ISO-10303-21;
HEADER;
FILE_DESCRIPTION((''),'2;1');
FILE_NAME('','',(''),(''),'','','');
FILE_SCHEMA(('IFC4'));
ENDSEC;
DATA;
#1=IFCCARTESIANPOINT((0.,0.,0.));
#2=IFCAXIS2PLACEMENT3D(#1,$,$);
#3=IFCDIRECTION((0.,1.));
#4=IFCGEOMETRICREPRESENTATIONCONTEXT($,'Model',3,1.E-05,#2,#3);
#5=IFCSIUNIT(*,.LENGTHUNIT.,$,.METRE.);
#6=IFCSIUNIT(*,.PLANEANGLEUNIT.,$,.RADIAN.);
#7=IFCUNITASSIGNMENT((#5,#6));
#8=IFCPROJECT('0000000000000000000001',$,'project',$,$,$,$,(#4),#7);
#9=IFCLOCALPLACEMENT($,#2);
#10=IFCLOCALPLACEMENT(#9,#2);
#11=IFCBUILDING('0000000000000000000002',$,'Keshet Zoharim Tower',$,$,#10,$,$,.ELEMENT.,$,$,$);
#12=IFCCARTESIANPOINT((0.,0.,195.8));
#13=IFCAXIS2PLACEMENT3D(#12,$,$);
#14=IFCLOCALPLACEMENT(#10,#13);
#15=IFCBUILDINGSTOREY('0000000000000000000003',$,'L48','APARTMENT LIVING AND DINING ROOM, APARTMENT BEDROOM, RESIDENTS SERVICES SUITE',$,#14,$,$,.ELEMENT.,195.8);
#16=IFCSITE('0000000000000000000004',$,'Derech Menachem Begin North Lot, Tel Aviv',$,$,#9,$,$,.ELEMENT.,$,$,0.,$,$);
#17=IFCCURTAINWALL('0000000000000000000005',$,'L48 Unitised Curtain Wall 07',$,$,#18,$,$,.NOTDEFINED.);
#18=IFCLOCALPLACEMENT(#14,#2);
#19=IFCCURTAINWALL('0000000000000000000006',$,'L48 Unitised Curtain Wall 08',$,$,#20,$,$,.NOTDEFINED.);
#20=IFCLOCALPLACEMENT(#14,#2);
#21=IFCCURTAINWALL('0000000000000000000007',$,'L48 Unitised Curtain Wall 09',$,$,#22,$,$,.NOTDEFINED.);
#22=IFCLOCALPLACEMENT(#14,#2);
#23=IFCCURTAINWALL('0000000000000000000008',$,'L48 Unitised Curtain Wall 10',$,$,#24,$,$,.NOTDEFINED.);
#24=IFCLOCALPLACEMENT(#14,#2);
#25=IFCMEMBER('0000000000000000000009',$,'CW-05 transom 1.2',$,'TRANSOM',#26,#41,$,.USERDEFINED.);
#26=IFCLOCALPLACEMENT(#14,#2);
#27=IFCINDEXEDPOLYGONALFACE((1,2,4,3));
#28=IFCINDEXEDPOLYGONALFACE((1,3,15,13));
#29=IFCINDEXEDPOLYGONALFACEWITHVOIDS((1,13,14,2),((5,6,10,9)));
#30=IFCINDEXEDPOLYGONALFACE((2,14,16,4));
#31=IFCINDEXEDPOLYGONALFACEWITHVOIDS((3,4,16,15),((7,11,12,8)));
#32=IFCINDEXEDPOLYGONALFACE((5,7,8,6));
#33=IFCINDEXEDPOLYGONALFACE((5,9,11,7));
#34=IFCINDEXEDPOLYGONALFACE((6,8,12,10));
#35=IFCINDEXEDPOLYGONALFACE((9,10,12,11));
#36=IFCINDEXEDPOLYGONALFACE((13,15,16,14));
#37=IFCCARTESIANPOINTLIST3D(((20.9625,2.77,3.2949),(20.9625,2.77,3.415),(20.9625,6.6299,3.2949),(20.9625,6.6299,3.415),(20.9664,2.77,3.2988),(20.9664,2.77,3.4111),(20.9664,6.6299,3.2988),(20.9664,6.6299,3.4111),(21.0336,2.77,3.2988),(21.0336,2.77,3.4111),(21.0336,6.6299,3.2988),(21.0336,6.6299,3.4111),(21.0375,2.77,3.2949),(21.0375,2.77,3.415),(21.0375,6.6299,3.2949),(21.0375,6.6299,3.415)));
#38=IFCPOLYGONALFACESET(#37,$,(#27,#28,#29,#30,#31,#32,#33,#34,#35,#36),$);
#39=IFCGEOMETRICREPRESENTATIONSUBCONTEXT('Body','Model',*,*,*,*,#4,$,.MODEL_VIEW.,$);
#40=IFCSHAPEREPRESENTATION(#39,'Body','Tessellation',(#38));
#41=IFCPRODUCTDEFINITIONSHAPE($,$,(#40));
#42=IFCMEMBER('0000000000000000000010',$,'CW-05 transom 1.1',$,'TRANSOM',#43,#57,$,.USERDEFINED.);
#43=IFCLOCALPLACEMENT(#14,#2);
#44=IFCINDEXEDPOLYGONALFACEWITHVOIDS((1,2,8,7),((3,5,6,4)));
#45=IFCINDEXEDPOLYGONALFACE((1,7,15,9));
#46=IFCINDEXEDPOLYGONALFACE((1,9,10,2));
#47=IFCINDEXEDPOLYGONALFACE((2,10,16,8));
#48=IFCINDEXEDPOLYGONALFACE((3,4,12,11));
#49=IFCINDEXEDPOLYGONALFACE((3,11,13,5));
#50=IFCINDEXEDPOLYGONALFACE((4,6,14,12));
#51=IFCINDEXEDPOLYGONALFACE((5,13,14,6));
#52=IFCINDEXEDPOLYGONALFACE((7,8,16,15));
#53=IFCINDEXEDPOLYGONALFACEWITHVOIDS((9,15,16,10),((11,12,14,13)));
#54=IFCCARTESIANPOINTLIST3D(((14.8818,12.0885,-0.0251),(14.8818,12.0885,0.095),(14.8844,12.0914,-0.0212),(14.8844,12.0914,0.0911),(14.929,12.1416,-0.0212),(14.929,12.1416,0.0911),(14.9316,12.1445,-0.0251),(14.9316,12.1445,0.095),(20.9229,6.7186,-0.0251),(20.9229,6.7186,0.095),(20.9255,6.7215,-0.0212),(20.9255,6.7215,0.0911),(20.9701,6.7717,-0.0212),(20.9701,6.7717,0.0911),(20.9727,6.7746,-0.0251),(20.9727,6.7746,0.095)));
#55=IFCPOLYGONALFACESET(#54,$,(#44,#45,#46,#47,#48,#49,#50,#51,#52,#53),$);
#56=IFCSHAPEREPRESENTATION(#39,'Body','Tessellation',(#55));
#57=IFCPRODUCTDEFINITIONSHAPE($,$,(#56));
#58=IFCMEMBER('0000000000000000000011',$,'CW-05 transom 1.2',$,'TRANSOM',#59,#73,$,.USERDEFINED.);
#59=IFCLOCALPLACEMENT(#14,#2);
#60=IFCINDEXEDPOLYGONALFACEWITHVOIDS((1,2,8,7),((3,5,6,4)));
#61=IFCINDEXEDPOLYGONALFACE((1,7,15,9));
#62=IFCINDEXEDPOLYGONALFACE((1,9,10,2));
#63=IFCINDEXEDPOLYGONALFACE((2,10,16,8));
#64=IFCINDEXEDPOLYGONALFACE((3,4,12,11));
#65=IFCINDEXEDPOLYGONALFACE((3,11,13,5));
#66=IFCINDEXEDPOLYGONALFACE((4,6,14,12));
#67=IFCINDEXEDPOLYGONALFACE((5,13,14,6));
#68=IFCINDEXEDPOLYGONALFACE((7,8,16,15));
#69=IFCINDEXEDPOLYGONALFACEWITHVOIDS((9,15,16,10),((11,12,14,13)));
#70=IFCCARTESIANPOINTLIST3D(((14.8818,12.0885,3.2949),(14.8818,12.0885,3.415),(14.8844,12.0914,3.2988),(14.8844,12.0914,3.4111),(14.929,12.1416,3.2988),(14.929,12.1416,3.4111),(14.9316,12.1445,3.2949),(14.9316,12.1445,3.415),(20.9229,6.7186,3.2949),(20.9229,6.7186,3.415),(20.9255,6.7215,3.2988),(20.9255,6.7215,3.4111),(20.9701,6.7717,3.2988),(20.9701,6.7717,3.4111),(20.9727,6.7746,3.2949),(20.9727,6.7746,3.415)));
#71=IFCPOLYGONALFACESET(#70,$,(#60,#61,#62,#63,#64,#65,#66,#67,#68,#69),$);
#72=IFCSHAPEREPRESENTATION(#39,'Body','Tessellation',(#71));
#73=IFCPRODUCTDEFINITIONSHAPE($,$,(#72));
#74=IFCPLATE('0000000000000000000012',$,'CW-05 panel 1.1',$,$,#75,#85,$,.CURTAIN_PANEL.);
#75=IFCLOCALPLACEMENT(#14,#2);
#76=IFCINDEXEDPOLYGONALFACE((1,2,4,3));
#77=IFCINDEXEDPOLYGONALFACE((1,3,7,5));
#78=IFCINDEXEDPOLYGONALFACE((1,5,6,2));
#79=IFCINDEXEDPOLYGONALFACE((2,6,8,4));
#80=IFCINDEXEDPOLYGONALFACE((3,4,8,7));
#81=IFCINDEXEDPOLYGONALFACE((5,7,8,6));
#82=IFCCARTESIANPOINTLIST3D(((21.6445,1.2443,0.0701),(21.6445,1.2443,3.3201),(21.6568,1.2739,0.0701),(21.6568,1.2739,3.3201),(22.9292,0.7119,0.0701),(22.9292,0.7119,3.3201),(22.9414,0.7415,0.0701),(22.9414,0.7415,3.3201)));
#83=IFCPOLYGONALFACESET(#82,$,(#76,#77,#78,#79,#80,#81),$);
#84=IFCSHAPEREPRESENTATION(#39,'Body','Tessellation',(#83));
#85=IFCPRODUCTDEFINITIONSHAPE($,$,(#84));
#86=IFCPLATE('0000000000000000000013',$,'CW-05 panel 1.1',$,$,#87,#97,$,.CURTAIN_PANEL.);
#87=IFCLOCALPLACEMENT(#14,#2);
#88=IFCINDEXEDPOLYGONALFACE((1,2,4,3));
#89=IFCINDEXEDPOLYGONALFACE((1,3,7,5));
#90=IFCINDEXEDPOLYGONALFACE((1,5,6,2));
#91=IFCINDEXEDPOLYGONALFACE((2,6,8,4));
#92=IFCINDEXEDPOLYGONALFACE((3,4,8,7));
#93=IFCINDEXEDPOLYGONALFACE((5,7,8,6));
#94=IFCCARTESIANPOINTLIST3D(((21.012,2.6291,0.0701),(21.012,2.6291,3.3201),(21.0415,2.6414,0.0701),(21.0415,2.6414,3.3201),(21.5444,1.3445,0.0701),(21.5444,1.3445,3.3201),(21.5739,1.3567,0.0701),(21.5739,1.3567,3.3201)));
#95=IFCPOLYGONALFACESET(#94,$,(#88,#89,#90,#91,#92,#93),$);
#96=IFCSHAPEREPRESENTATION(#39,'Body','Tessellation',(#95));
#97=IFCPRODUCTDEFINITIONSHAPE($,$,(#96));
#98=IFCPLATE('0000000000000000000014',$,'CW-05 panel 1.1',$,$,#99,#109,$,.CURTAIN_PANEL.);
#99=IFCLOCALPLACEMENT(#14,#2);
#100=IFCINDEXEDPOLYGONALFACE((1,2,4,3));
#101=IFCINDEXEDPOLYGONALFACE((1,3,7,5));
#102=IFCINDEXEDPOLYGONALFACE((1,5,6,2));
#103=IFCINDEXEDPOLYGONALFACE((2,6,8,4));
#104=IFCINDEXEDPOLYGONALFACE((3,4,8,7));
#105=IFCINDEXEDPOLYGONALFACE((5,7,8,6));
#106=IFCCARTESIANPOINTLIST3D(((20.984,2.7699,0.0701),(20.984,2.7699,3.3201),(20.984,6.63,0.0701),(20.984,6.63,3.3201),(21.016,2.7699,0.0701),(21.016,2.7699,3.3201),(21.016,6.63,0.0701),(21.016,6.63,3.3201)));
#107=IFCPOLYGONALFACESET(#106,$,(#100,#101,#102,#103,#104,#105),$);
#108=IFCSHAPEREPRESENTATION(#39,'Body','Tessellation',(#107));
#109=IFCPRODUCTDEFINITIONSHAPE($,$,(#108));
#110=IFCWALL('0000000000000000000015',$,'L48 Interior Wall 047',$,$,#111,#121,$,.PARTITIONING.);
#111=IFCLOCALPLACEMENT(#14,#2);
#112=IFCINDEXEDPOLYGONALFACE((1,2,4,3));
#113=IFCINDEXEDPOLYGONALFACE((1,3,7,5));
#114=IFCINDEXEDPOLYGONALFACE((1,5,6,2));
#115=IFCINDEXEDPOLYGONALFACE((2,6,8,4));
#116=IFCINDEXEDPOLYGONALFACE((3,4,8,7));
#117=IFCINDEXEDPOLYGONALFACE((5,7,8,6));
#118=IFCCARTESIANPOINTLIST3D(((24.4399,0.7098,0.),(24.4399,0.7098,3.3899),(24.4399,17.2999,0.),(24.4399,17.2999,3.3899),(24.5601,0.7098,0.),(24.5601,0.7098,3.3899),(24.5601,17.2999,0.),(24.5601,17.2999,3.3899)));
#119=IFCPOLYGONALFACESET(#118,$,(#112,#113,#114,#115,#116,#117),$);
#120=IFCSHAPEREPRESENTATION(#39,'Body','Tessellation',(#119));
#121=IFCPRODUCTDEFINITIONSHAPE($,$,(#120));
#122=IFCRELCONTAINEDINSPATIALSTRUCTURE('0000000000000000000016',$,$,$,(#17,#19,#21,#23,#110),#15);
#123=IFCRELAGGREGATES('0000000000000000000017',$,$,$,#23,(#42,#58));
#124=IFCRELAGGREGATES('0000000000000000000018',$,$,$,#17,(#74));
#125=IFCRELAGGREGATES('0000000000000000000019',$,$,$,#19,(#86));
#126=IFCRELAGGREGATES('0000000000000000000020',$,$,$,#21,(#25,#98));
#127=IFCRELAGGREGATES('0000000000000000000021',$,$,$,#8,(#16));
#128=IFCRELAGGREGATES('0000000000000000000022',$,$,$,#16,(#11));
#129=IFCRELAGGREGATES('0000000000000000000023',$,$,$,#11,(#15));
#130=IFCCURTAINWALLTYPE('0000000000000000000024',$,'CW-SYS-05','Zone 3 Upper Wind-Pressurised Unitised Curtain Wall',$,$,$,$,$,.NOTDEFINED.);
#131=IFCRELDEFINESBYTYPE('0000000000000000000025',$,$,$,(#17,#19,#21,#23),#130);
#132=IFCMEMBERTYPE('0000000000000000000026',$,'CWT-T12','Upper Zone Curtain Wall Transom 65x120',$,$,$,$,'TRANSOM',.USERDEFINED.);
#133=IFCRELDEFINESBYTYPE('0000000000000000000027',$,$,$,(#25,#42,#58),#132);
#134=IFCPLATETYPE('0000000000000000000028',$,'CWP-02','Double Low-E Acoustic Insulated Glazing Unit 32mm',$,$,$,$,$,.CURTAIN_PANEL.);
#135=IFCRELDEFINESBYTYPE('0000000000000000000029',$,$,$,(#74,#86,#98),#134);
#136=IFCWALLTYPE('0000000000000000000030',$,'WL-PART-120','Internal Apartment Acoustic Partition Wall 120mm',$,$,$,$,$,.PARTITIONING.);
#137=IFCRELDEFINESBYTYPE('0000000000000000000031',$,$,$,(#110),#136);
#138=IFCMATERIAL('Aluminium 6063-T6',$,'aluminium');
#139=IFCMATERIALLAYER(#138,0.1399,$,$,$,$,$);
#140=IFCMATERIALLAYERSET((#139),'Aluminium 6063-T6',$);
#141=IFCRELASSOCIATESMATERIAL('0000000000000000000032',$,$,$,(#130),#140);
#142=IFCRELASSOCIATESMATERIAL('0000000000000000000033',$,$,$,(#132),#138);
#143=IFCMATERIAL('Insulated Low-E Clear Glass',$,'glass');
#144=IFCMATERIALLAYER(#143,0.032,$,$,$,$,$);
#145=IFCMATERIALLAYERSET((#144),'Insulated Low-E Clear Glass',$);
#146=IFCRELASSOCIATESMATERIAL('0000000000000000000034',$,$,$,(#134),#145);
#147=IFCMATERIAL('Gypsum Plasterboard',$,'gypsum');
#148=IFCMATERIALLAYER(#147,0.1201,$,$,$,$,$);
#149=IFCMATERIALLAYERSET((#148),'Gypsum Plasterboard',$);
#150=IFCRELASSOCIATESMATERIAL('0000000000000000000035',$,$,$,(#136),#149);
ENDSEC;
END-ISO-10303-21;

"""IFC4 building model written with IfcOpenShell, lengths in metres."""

from ifc_helpers import new_model, si_unit, direction, frame, frame_2d, origin, origin_2d, place, context, subcontext, project, spatial, rectangle, hollow_rectangle, extrude, material, layer, layer_set, material_profile, profile_set, type_object, element, aggregate, save


model = new_model("IFC4")

# Units and contexts
model_context = context("Model", 3, precision=1e-05, world=origin(), true_north=direction((0.0, 1.0)))
body_context = subcontext(model_context, "Body", "Model", "MODEL_VIEW")
ifc_project = project(units=[si_unit("LENGTHUNIT", "METRE"), si_unit("PLANEANGLEUNIT", "RADIAN")], contexts=[model_context])

# Site, building, storey
site_placement = place(None, origin())
site = spatial("IfcSite", under=ifc_project, at=site_placement, Name="Derech Menachem Begin North Lot, Tel Aviv", CompositionType="ELEMENT", RefElevation=0.0)
building_placement = place(site_placement, origin())
building = spatial("IfcBuilding", under=site, at=building_placement, Name="Keshet Zoharim Tower", CompositionType="ELEMENT")
storey_placement = place(building_placement, frame((0.0, 0.0, 195.8)))
storey = spatial("IfcBuildingStorey", under=building, at=storey_placement, Name="L48", Description="APARTMENT LIVING AND DINING ROOM, APARTMENT BEDROOM, RESIDENTS SERVICES SUITE", CompositionType="ELEMENT", Elevation=195.8)

# Shared definitions
ifc_material_1 = material(Name="Aluminium 6063-T6", Category="aluminium")
ifc_layer_1 = layer(ifc_material_1, 0.1399)
ifc_layer_set_1 = layer_set([ifc_layer_1], Name="Aluminium 6063-T6")
curtain_wall_type = type_object("IfcCurtainWallType", Name="CW-SYS-05", Description="Zone 3 Upper Wind-Pressurised Unitised Curtain Wall", PredefinedType="NOTDEFINED", material=ifc_layer_set_1)

# Curtain walls
curtain_wall_1_placement = place(storey_placement, origin())
curtain_wall_1 = element("IfcCurtainWall", 1, at=curtain_wall_1_placement, inside=storey, type_object=curtain_wall_type, Name="L48 Unitised Curtain Wall 07", PredefinedType="NOTDEFINED")
curtain_wall_2_placement = place(storey_placement, origin())
curtain_wall_2 = element("IfcCurtainWall", 2, at=curtain_wall_2_placement, inside=storey, type_object=curtain_wall_type, Name="L48 Unitised Curtain Wall 08", PredefinedType="NOTDEFINED")
curtain_wall_3_placement = place(storey_placement, origin())
curtain_wall_3 = element("IfcCurtainWall", 3, at=curtain_wall_3_placement, inside=storey, type_object=curtain_wall_type, Name="L48 Unitised Curtain Wall 09", PredefinedType="NOTDEFINED")

# Curtain wall
curtain_wall_4_placement = place(storey_placement, origin())
curtain_wall_4 = element("IfcCurtainWall", 4, at=curtain_wall_4_placement, inside=storey, type_object=curtain_wall_type, Name="L48 Unitised Curtain Wall 10", PredefinedType="NOTDEFINED")

# Members
ifc_material_profile_1 = material_profile(ifc_material_1, hollow_rectangle(XDim=0.075, YDim=0.1201, WallThickness=0.0039, at=origin_2d()), Name="TRN-75x120")
ifc_profile_set_1 = profile_set([ifc_material_profile_1], Name="Aluminium 6063-T6")
member_type_1 = type_object("IfcMemberType", Name="CWT-T12", Description="Upper Zone Curtain Wall Transom 65x120", ElementType="TRANSOM", PredefinedType="USERDEFINED", material=ifc_profile_set_1)
member_1_placement = place(storey_placement, frame((21.0, 2.77, 3.355), z_axis=(0.0, 1.0, 0.0), x_axis=(-1.0, 0.0, 0.0)))
member_1 = element("IfcMember", 5, at=member_1_placement, type_object=member_type_1, Name="CW-05 transom 1.2", ObjectType="TRANSOM", PredefinedType="USERDEFINED", context=body_context, shape_type="SweptSolid", body=[
    extrude(hollow_rectangle(XDim=0.075, YDim=0.1201, WallThickness=0.0039, at=origin_2d()), origin(), (0.0, 0.0, 1.0), 3.8599),
])
member_2_placement = place(storey_placement, frame((20.9478, 6.7466, 0.0349), z_axis=(-0.747404, 0.664369, 0.0), x_axis=(-0.664369, -0.747404, 0.0)))
member_2 = element("IfcMember", 6, at=member_2_placement, type_object=member_type_1, Name="CW-05 transom 1.1", ObjectType="TRANSOM", PredefinedType="USERDEFINED", context=body_context, shape_type="SweptSolid", body=[
    extrude(hollow_rectangle(XDim=0.075, YDim=0.1201, WallThickness=0.0039, at=origin_2d()), origin(), (0.0, 0.0, 1.0), 8.0828),
])
member_3_placement = place(storey_placement, frame((20.9478, 6.7466, 3.355), z_axis=(-0.747404, 0.664369, 0.0), x_axis=(-0.664369, -0.747404, 0.0)))
member_3 = element("IfcMember", 7, at=member_3_placement, type_object=member_type_1, Name="CW-05 transom 1.2", ObjectType="TRANSOM", PredefinedType="USERDEFINED", context=body_context, shape_type="SweptSolid", body=[
    extrude(hollow_rectangle(XDim=0.075, YDim=0.1201, WallThickness=0.0039, at=origin_2d()), origin(), (0.0, 0.0, 1.0), 8.0828),
])
aggregate(curtain_wall_4, [member_2, member_3])

# Plates
ifc_material_2 = material(Name="Insulated Low-E Clear Glass", Category="glass")
ifc_layer_2 = layer(ifc_material_2, 0.032)
ifc_layer_set_2 = layer_set([ifc_layer_2], Name="Insulated Low-E Clear Glass")
plate_type = type_object("IfcPlateType", Name="CWP-02", Description="Double Low-E Acoustic Insulated Glazing Unit 32mm", PredefinedType="CURTAIN_PANEL", material=ifc_layer_set_2)
plate_1_placement = place(storey_placement, frame((22.293, 0.9929, 0.0701), z_axis=(0.0, 0.0, 1.0), x_axis=(-0.92381, 0.382852, 0.0)))
plate_1 = element("IfcPlate", 8, at=plate_1_placement, type_object=plate_type, Name="CW-05 panel 1.1", PredefinedType="CURTAIN_PANEL", context=body_context, shape_type="SweptSolid", body=[
    extrude(rectangle(XDim=1.3906, YDim=0.032, at=origin_2d()), origin(), (0.0, 0.0, 1.0), 3.25),
])
aggregate(curtain_wall_1, [plate_1])
plate_2_placement = place(storey_placement, frame((21.293, 1.9929, 0.0701), z_axis=(0.0, 0.0, 1.0), x_axis=(-0.382852, 0.92381, 0.0)))
plate_2 = element("IfcPlate", 9, at=plate_2_placement, type_object=plate_type, Name="CW-05 panel 1.1", PredefinedType="CURTAIN_PANEL", context=body_context, shape_type="SweptSolid", body=[
    extrude(rectangle(XDim=1.3906, YDim=0.032, at=origin_2d()), origin(), (0.0, 0.0, 1.0), 3.25),
])
aggregate(curtain_wall_2, [plate_2])
plate_3_placement = place(storey_placement, frame((21.0, 4.7, 0.0701), z_axis=(0.0, 0.0, 1.0), x_axis=(0.0, 1.0, 0.0)))
plate_3 = element("IfcPlate", 10, at=plate_3_placement, type_object=plate_type, Name="CW-05 panel 1.1", PredefinedType="CURTAIN_PANEL", context=body_context, shape_type="SweptSolid", body=[
    extrude(rectangle(XDim=3.8601, YDim=0.032, at=origin_2d()), origin(), (0.0, 0.0, 1.0), 3.25),
])
aggregate(curtain_wall_3, [member_1, plate_3])

# Shared definitions
ifc_material_3 = material(Name="Gypsum Plasterboard", Category="gypsum")

# Wall
ifc_layer_3 = layer(ifc_material_3, 0.1201)
ifc_layer_set_3 = layer_set([ifc_layer_3], Name="Gypsum Plasterboard")
wall_type_1 = type_object("IfcWallType", Name="WL-PART-120", Description="Internal Apartment Acoustic Partition Wall 120mm", PredefinedType="PARTITIONING", material=ifc_layer_set_3)
wall_1_placement = place(storey_placement, frame((24.5, 0.71, 0.0), z_axis=(0.0, 0.0, 1.0), x_axis=(0.0, 1.0, 0.0)))
element("IfcWall", 11, at=wall_1_placement, inside=storey, type_object=wall_type_1, Name="L48 Interior Wall 047", PredefinedType="PARTITIONING", context=body_context, shape_type="SweptSolid", body=[
    extrude(rectangle(XDim=16.5901, YDim=0.1201, at=frame_2d((8.2949, 0.0))), origin(), (0.0, 0.0, 1.0), 3.3899),
])

save(model, "model.ifc")
